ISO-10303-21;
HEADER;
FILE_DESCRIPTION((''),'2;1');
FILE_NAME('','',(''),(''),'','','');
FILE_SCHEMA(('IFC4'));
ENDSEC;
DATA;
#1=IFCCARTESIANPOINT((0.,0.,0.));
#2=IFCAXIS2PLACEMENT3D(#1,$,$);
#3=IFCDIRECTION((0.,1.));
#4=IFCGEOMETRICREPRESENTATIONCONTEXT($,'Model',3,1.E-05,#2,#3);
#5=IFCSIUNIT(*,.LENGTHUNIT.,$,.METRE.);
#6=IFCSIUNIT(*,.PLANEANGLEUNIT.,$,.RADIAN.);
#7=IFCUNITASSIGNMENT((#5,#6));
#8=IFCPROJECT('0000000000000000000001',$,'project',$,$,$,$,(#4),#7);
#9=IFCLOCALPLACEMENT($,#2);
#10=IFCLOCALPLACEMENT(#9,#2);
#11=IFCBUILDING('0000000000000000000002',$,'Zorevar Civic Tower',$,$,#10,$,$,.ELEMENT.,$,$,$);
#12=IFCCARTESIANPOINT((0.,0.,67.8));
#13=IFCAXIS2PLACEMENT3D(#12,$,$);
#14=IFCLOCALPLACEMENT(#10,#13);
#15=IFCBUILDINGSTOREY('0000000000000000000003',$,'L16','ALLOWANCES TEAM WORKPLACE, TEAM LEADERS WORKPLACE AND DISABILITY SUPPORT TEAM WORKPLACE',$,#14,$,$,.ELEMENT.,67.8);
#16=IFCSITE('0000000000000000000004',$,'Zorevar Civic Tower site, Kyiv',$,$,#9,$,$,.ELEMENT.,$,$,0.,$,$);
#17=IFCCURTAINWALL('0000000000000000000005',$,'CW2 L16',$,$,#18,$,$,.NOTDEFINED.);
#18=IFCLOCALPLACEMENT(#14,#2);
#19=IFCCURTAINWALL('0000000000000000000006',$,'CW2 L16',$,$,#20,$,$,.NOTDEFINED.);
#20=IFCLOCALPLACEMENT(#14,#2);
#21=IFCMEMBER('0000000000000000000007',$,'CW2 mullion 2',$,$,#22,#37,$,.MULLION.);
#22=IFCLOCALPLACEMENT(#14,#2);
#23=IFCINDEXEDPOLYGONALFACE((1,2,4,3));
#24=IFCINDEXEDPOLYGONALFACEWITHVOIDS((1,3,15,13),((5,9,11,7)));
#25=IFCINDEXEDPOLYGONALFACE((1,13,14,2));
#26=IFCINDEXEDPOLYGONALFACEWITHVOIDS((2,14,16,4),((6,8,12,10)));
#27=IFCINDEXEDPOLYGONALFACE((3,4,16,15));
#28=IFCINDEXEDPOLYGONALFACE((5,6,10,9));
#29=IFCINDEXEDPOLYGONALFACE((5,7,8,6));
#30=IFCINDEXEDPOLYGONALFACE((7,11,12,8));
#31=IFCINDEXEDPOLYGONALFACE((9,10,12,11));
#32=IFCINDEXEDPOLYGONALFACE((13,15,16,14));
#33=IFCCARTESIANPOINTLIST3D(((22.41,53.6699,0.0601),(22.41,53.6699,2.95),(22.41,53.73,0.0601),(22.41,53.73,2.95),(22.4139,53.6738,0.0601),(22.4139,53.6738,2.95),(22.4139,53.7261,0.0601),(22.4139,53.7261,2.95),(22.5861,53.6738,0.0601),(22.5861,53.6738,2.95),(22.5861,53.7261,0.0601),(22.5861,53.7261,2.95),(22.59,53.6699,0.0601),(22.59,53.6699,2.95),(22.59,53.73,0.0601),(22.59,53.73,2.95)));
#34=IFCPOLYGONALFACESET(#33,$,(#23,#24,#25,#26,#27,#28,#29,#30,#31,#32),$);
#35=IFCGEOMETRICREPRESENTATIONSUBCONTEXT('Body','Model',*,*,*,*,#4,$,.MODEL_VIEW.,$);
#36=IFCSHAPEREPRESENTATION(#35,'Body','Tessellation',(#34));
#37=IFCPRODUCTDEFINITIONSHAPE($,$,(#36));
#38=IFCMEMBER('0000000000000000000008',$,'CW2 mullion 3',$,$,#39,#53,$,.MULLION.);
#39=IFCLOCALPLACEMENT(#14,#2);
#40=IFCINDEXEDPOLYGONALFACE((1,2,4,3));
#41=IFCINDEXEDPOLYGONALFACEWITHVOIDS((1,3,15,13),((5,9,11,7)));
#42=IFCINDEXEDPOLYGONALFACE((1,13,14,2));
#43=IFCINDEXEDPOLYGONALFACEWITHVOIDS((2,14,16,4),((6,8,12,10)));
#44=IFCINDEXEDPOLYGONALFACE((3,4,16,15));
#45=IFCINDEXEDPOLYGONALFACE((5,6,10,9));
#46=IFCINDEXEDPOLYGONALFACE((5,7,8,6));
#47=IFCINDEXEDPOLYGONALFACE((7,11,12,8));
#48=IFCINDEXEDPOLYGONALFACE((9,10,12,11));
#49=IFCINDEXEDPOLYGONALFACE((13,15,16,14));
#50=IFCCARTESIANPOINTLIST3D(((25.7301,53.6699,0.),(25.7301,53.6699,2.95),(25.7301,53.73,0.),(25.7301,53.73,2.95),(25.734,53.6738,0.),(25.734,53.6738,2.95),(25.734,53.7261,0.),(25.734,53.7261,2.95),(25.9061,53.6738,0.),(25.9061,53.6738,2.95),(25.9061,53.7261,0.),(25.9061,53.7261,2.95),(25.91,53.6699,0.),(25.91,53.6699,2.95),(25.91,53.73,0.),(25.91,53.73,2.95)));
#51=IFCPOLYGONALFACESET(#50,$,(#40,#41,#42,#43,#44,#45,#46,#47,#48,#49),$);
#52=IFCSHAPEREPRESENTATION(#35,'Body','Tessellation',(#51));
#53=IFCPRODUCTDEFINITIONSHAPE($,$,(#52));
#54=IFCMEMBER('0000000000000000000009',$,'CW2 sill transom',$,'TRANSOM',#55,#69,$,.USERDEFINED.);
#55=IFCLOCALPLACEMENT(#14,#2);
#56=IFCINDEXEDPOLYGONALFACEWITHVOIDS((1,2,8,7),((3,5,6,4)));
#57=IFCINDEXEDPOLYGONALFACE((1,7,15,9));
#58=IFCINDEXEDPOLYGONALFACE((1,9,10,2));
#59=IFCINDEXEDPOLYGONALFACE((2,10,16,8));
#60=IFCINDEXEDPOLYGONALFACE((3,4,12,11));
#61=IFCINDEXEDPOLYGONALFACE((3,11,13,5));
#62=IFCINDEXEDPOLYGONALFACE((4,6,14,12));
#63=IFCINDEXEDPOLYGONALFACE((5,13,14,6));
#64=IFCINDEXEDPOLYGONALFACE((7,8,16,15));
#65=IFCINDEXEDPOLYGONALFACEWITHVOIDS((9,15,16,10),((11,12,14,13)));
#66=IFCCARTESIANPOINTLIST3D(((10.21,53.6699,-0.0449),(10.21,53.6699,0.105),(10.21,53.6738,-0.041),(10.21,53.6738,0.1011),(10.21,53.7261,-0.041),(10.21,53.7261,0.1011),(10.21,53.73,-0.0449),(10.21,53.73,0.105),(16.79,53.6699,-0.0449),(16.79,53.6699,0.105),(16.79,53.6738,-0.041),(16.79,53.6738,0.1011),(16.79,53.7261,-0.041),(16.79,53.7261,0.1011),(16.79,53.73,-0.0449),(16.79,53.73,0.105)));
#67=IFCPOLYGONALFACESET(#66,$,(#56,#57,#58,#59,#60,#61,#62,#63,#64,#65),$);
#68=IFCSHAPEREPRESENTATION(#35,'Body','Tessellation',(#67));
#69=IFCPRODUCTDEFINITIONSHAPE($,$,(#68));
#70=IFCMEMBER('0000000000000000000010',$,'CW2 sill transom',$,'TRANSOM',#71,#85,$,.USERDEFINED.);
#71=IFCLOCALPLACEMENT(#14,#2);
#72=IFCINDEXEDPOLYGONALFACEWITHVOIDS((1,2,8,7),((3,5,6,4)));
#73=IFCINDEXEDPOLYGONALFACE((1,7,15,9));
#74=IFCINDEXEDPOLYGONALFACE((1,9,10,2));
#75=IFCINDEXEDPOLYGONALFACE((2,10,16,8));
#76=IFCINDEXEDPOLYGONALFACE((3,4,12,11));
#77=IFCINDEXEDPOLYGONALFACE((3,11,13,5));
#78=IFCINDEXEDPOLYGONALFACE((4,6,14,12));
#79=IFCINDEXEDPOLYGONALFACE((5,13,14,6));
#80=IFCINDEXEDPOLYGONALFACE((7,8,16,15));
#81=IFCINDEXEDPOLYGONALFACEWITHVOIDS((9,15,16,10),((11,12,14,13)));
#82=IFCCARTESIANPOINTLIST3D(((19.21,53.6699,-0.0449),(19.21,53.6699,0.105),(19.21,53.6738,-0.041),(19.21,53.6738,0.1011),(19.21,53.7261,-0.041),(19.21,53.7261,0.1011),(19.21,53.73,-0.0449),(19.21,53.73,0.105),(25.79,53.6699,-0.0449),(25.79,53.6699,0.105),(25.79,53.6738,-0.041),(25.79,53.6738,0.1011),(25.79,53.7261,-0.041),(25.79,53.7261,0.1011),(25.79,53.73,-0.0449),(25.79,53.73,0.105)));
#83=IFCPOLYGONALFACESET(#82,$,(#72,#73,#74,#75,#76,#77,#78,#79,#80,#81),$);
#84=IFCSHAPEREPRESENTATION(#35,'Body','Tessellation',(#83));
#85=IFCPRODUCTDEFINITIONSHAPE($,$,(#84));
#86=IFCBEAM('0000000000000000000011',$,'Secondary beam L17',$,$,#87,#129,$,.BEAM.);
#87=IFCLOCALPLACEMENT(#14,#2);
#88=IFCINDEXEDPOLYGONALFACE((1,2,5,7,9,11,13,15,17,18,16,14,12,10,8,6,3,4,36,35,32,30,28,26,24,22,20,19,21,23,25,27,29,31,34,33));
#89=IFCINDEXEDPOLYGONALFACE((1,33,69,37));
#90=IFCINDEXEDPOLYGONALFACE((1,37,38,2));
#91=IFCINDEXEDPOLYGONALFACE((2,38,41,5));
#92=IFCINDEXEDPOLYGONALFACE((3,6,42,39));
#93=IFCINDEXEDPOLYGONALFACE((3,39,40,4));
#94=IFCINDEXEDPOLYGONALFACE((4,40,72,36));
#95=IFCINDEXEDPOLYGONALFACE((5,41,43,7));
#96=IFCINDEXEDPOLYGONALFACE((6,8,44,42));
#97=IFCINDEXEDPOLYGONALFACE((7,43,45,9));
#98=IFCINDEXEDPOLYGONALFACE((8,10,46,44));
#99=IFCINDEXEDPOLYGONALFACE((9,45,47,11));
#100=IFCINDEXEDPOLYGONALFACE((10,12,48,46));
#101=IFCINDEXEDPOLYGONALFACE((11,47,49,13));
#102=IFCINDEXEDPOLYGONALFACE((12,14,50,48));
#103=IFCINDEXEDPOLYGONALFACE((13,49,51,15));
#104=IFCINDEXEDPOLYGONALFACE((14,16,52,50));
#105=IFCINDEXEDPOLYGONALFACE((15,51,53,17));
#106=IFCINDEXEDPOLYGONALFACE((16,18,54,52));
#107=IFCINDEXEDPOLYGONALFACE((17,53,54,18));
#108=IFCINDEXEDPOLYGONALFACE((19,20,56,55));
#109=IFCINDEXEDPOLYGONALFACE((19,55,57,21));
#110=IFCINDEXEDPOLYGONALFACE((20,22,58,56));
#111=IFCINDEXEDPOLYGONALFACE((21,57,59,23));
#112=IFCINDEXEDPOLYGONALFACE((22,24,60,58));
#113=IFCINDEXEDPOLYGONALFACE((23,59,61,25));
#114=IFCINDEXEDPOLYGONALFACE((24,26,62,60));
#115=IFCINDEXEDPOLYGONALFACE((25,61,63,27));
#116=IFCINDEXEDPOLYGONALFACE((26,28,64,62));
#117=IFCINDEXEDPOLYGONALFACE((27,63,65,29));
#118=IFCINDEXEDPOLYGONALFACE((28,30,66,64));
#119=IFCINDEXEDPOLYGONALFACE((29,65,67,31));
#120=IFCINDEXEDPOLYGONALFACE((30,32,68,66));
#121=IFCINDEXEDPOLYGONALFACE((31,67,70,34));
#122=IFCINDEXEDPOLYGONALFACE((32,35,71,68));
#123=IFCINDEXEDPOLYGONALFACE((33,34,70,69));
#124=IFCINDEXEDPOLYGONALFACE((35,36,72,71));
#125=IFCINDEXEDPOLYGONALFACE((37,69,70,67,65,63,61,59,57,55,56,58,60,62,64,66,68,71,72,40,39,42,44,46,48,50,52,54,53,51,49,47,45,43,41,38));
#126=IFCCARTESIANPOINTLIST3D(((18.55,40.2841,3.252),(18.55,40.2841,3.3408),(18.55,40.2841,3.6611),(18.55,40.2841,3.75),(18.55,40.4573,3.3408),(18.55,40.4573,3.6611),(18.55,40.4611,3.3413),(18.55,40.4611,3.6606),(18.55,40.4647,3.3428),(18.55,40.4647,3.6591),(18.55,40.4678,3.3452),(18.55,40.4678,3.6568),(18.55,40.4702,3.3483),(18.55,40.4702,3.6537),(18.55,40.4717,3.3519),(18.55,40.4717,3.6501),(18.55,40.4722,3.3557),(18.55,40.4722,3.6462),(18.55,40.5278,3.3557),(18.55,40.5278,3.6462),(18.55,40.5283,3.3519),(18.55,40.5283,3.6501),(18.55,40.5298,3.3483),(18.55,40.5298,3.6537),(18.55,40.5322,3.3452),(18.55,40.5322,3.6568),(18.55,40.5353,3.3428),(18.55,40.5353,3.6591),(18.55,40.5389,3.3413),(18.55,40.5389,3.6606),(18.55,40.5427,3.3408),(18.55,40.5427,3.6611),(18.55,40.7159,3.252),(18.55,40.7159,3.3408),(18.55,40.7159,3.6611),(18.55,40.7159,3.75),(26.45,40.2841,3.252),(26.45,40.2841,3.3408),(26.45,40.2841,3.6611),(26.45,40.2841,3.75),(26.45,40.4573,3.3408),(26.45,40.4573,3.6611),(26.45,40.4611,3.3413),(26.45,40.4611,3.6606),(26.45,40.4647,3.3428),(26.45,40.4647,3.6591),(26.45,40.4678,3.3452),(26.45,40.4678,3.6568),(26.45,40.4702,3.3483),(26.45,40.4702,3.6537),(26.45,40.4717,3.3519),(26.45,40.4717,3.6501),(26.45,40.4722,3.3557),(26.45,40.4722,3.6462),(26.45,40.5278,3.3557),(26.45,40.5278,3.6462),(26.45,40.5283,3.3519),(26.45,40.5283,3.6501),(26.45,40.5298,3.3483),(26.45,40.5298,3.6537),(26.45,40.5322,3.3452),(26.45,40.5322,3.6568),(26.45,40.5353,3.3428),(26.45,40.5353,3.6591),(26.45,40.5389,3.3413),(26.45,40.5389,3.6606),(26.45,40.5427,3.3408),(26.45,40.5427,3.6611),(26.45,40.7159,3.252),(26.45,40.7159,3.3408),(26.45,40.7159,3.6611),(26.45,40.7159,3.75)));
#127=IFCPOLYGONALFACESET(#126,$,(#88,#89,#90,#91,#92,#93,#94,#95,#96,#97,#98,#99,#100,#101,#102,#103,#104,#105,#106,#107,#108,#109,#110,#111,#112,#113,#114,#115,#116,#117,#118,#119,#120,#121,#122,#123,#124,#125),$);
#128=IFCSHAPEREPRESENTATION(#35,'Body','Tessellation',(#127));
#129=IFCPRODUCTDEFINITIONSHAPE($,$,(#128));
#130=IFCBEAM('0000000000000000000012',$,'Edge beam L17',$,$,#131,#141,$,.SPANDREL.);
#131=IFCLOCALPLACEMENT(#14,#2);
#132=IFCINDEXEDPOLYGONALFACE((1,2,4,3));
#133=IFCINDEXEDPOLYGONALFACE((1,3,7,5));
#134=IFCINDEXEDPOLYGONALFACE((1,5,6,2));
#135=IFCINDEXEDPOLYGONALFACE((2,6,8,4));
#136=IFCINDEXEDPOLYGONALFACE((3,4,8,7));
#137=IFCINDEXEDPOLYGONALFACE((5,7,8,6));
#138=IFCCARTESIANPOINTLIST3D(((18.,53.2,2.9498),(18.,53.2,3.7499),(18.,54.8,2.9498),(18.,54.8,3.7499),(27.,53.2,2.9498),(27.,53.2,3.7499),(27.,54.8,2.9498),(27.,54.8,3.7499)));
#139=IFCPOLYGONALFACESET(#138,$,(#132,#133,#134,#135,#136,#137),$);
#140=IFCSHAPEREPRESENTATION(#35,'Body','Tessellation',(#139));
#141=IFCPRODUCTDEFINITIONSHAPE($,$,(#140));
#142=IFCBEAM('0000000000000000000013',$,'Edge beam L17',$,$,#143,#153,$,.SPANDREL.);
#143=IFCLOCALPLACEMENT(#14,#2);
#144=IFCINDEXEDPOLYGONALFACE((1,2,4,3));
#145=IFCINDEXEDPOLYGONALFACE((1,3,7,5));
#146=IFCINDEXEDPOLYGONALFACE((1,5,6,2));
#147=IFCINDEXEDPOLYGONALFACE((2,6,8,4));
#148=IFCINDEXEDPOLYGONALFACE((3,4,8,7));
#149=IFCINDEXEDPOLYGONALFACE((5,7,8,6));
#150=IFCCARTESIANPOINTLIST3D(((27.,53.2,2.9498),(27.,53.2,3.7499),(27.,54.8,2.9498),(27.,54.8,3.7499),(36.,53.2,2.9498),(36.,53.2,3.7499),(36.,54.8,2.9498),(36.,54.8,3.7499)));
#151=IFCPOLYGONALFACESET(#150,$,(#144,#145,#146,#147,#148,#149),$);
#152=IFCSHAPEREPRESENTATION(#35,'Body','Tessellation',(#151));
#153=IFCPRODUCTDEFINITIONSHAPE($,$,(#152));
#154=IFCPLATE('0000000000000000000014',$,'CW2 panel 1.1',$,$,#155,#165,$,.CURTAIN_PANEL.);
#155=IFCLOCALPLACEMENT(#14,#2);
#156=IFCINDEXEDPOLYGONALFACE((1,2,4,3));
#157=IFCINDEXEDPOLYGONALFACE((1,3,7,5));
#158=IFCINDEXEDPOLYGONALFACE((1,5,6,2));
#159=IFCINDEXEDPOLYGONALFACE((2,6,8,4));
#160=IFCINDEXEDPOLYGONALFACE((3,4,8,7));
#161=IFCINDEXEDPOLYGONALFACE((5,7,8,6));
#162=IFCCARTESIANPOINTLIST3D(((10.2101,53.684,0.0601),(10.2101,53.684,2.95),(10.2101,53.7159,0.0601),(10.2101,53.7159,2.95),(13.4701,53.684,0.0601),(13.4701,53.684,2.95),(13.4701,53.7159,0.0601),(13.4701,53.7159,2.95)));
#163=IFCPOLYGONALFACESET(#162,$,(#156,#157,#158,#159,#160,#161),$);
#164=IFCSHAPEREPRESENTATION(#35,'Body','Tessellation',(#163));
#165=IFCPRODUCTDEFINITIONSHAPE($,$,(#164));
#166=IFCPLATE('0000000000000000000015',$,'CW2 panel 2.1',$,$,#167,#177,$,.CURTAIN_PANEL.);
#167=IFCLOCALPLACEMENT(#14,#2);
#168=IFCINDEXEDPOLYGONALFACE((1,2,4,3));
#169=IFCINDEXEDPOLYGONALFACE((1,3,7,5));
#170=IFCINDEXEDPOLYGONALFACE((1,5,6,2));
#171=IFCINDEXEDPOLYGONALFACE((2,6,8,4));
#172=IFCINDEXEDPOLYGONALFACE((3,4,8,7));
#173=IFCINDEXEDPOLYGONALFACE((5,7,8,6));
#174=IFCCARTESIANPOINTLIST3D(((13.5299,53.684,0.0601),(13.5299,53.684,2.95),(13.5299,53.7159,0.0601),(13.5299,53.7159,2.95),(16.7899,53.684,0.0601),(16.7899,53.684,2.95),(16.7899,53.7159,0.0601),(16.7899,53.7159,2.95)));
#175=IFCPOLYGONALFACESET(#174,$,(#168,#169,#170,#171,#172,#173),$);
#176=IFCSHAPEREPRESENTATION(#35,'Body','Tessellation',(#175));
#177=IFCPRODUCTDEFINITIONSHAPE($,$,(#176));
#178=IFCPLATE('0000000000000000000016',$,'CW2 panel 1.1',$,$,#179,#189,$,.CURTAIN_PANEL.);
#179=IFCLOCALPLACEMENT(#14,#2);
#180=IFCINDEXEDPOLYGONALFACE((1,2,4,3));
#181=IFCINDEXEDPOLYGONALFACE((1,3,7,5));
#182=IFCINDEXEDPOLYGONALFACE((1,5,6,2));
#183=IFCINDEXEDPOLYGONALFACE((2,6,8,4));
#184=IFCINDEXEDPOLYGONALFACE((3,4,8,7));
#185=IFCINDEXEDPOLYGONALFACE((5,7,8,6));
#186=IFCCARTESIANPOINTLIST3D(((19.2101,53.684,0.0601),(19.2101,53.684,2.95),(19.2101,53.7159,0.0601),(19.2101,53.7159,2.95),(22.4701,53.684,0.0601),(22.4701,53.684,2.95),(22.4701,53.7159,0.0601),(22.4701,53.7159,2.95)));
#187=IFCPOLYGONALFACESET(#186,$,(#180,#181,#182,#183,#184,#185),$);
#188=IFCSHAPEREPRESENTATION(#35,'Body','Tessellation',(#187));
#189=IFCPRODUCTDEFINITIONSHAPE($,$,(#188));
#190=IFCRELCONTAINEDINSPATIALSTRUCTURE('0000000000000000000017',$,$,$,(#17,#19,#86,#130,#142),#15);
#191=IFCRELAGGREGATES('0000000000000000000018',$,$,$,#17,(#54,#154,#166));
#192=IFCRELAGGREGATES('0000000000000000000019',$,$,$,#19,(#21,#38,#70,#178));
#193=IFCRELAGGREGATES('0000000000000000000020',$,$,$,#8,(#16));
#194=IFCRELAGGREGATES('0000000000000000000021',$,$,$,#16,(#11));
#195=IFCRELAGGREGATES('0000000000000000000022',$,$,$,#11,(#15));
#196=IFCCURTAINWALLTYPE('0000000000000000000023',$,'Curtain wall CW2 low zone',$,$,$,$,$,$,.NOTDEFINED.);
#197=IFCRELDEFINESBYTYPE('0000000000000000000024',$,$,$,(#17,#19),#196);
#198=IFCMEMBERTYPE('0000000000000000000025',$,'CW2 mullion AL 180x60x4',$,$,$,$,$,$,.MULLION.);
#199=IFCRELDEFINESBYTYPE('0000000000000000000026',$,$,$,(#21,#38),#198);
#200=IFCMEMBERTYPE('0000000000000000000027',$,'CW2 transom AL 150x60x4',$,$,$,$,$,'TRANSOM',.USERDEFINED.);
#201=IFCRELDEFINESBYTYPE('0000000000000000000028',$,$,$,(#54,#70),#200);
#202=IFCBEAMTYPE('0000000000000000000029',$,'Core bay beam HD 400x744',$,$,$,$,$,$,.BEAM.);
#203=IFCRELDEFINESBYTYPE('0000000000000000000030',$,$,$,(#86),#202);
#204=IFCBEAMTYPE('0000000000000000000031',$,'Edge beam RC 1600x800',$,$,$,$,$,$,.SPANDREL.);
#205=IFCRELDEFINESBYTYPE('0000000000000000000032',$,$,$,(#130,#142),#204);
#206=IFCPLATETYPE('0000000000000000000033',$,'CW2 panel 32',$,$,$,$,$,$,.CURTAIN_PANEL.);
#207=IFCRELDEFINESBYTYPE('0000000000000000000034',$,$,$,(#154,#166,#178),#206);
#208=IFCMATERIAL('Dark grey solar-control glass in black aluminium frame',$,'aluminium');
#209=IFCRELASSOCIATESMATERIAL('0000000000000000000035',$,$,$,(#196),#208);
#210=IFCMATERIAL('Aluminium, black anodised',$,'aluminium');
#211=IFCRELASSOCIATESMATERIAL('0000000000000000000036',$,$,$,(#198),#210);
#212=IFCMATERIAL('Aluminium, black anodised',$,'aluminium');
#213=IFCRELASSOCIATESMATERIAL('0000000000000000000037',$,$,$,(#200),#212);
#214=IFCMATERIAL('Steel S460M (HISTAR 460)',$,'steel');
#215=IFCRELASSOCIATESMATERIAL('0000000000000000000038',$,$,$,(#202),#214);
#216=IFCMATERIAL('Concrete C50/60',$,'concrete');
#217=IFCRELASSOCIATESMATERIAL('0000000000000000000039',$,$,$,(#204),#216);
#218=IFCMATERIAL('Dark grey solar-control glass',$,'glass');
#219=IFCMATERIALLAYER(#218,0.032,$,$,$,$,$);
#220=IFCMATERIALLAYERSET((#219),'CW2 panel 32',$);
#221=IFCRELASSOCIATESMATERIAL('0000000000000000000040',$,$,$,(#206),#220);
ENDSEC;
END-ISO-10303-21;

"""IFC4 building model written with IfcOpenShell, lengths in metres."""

from ifc_helpers import new_model, si_unit, direction, frame, origin, origin_2d, place, context, subcontext, project, spatial, rectangle, hollow_rectangle, i_section, extrude, material, layer, layer_set, material_profile, profile_set, type_object, element, aggregate, save


model = new_model("IFC4")

# Units and contexts
model_context = context("Model", 3, precision=1e-05, world=origin(), true_north=direction((0.0, 1.0)))
body_context = subcontext(model_context, "Body", "Model", "MODEL_VIEW")
ifc_project = project(units=[si_unit("LENGTHUNIT", "METRE"), si_unit("PLANEANGLEUNIT", "RADIAN")], contexts=[model_context])

# Site, building, storey
site_placement = place(None, origin())
site = spatial("IfcSite", under=ifc_project, at=site_placement, Name="Zorevar Civic Tower site, Kyiv", CompositionType="ELEMENT", RefElevation=0.0)
building_placement = place(site_placement, origin())
building = spatial("IfcBuilding", under=site, at=building_placement, Name="Zorevar Civic Tower", CompositionType="ELEMENT")
storey_placement = place(building_placement, frame((0.0, 0.0, 67.8)))
storey = spatial("IfcBuildingStorey", under=building, at=storey_placement, Name="L16", Description="ALLOWANCES TEAM WORKPLACE, TEAM LEADERS WORKPLACE AND DISABILITY SUPPORT TEAM WORKPLACE", CompositionType="ELEMENT", Elevation=67.8)

# Curtain walls, members
ifc_material_1 = material(Name="Dark grey solar-control glass in black aluminium frame", Category="aluminium")
curtain_wall_type = type_object("IfcCurtainWallType", Name="Curtain wall CW2 low zone", PredefinedType="NOTDEFINED", material=ifc_material_1)
curtain_wall_1_placement = place(storey_placement, origin())
curtain_wall_1 = element("IfcCurtainWall", 1, at=curtain_wall_1_placement, inside=storey, type_object=curtain_wall_type, Name="CW2 L16", PredefinedType="NOTDEFINED")
ifc_material_2 = material(Name="Aluminium, black anodised", Category="aluminium")
ifc_material_profile_1 = material_profile(ifc_material_2, hollow_rectangle(XDim=0.0601, YDim=0.1799, WallThickness=0.0039, at=origin_2d()), Name="AL 180x60x4")
ifc_profile_set_1 = profile_set([ifc_material_profile_1], Name="Aluminium, black anodised")
member_type_1 = type_object("IfcMemberType", Name="CW2 mullion AL 180x60x4", PredefinedType="MULLION", material=ifc_profile_set_1)
curtain_wall_2_placement = place(storey_placement, origin())
curtain_wall_2 = element("IfcCurtainWall", 2, at=curtain_wall_2_placement, inside=storey, type_object=curtain_wall_type, Name="CW2 L16", PredefinedType="NOTDEFINED")
member_1_placement = place(storey_placement, frame((22.5, 53.7, 0.0601), z_axis=(0.0, 0.0, 1.0), x_axis=(0.0, 1.0, 0.0)))
member_1 = element("IfcMember", 3, at=member_1_placement, type_object=member_type_1, Name="CW2 mullion 2", PredefinedType="MULLION", context=body_context, shape_type="SweptSolid", body=[
    extrude(hollow_rectangle(XDim=0.0601, YDim=0.1799, WallThickness=0.0039, at=origin_2d()), origin(), (0.0, 0.0, 1.0), 2.8899),
])
member_2_placement = place(storey_placement, frame((25.8201, 53.7, 0.0), z_axis=(0.0, 0.0, 1.0), x_axis=(0.0, 1.0, 0.0)))
member_2 = element("IfcMember", 4, at=member_2_placement, type_object=member_type_1, Name="CW2 mullion 3", PredefinedType="MULLION", context=body_context, shape_type="SweptSolid", body=[
    extrude(hollow_rectangle(XDim=0.0601, YDim=0.1799, WallThickness=0.0039, at=origin_2d()), origin(), (0.0, 0.0, 1.0), 2.95),
])

# Members
ifc_material_3 = material(Name="Aluminium, black anodised", Category="aluminium")
ifc_material_profile_2 = material_profile(ifc_material_3, hollow_rectangle(XDim=0.0601, YDim=0.1499, WallThickness=0.0039, at=origin_2d()), Name="AL 150x60x4")
ifc_profile_set_2 = profile_set([ifc_material_profile_2], Name="Aluminium, black anodised")
member_type_2 = type_object("IfcMemberType", Name="CW2 transom AL 150x60x4", ElementType="TRANSOM", PredefinedType="USERDEFINED", material=ifc_profile_set_2)
member_3_placement = place(storey_placement, frame((10.21, 53.7, 0.03), z_axis=(1.0, 0.0, 0.0), x_axis=(0.0, 1.0, 0.0)))
member_3 = element("IfcMember", 5, at=member_3_placement, type_object=member_type_2, Name="CW2 sill transom", ObjectType="TRANSOM", PredefinedType="USERDEFINED", context=body_context, shape_type="SweptSolid", body=[
    extrude(hollow_rectangle(XDim=0.0601, YDim=0.1499, WallThickness=0.0039, at=origin_2d()), origin(), (0.0, 0.0, 1.0), 6.5801),
])
member_4_placement = place(storey_placement, frame((19.21, 53.7, 0.03), z_axis=(1.0, 0.0, 0.0), x_axis=(0.0, 1.0, 0.0)))
member_4 = element("IfcMember", 6, at=member_4_placement, type_object=member_type_2, Name="CW2 sill transom", ObjectType="TRANSOM", PredefinedType="USERDEFINED", context=body_context, shape_type="SweptSolid", body=[
    extrude(hollow_rectangle(XDim=0.0601, YDim=0.1499, WallThickness=0.0039, at=origin_2d()), origin(), (0.0, 0.0, 1.0), 6.5801),
])

# Beams
ifc_material_4 = material(Name="Steel S460M (HISTAR 460)", Category="steel")
ifc_material_profile_3 = material_profile(ifc_material_4, i_section(OverallWidth=0.4319, OverallDepth=0.498, WebThickness=0.0557, FlangeThickness=0.0889, FilletRadius=0.0149, at=origin_2d()), Name="HD 400x744")
ifc_profile_set_3 = profile_set([ifc_material_profile_3], Name="Steel S460M (HISTAR 460)")
beam_type_1 = type_object("IfcBeamType", Name="Core bay beam HD 400x744", PredefinedType="BEAM", material=ifc_profile_set_3)
beam_1_placement = place(storey_placement, frame((18.55, 40.5, 3.501), z_axis=(1.0, 0.0, 0.0), x_axis=(0.0, 1.0, 0.0)))
element("IfcBeam", 7, at=beam_1_placement, inside=storey, type_object=beam_type_1, Name="Secondary beam L17", PredefinedType="BEAM", context=body_context, shape_type="SweptSolid", body=[
    extrude(i_section(OverallWidth=0.4319, OverallDepth=0.498, WebThickness=0.0557, FlangeThickness=0.0889, FilletRadius=0.0149, at=origin_2d()), origin(), (0.0, 0.0, 1.0), 7.8999),
])
ifc_material_5 = material(Name="Concrete C50/60", Category="concrete")
ifc_material_profile_4 = material_profile(ifc_material_5, rectangle(XDim=1.6001, YDim=0.8, at=origin_2d()), Name="RC 1600x800")
ifc_profile_set_4 = profile_set([ifc_material_profile_4], Name="Concrete C50/60")
beam_type_2 = type_object("IfcBeamType", Name="Edge beam RC 1600x800", PredefinedType="SPANDREL", material=ifc_profile_set_4)
for number, where, z_axis, x_axis, name in (
    (8, (18.0, 54.0, 3.3499), (1.0, 0.0, 0.0), (0.0, 1.0, 0.0), "Edge beam L17"),
    (9, (27.0, 54.0, 3.3499), (1.0, 0.0, 0.0), (0.0, 1.0, 0.0), "Edge beam L17"),
):
    element("IfcBeam", number, at=place(storey_placement, frame(where, z_axis=z_axis, x_axis=x_axis)), inside=storey, type_object=beam_type_2, Name=name, PredefinedType="SPANDREL", context=body_context, shape_type="SweptSolid", body=[
        extrude(rectangle(XDim=1.6001, YDim=0.8, at=origin_2d()), origin(), (0.0, 0.0, 1.0), 9.0),
    ])

# Plates
ifc_material_6 = material(Name="Dark grey solar-control glass", Category="glass")
ifc_layer_1 = layer(ifc_material_6, 0.032)
ifc_layer_set_1 = layer_set([ifc_layer_1], Name="CW2 panel 32")
plate_type = type_object("IfcPlateType", Name="CW2 panel 32", PredefinedType="CURTAIN_PANEL", material=ifc_layer_set_1)
plate_1_placement = place(storey_placement, frame((11.8401, 53.7, 0.0601), z_axis=(0.0, 0.0, 1.0), x_axis=(1.0, 0.0, 0.0)))
plate_1 = element("IfcPlate", 10, at=plate_1_placement, type_object=plate_type, Name="CW2 panel 1.1", PredefinedType="CURTAIN_PANEL", context=body_context, shape_type="SweptSolid", body=[
    extrude(rectangle(XDim=3.26, YDim=0.032, at=origin_2d()), origin(), (0.0, 0.0, 1.0), 2.8899),
])
plate_2_placement = place(storey_placement, frame((15.1599, 53.7, 0.0601), z_axis=(0.0, 0.0, 1.0), x_axis=(1.0, 0.0, 0.0)))
plate_2 = element("IfcPlate", 11, at=plate_2_placement, type_object=plate_type, Name="CW2 panel 2.1", PredefinedType="CURTAIN_PANEL", context=body_context, shape_type="SweptSolid", body=[
    extrude(rectangle(XDim=3.26, YDim=0.032, at=origin_2d()), origin(), (0.0, 0.0, 1.0), 2.8899),
])
aggregate(curtain_wall_1, [member_3, plate_1, plate_2])
plate_3_placement = place(storey_placement, frame((20.8401, 53.7, 0.0601), z_axis=(0.0, 0.0, 1.0), x_axis=(1.0, 0.0, 0.0)))
plate_3 = element("IfcPlate", 12, at=plate_3_placement, type_object=plate_type, Name="CW2 panel 1.1", PredefinedType="CURTAIN_PANEL", context=body_context, shape_type="SweptSolid", body=[
    extrude(rectangle(XDim=3.26, YDim=0.032, at=origin_2d()), origin(), (0.0, 0.0, 1.0), 2.8899),
])
aggregate(curtain_wall_2, [member_1, member_2, member_4, plate_3])

save(model, "model.ifc")
